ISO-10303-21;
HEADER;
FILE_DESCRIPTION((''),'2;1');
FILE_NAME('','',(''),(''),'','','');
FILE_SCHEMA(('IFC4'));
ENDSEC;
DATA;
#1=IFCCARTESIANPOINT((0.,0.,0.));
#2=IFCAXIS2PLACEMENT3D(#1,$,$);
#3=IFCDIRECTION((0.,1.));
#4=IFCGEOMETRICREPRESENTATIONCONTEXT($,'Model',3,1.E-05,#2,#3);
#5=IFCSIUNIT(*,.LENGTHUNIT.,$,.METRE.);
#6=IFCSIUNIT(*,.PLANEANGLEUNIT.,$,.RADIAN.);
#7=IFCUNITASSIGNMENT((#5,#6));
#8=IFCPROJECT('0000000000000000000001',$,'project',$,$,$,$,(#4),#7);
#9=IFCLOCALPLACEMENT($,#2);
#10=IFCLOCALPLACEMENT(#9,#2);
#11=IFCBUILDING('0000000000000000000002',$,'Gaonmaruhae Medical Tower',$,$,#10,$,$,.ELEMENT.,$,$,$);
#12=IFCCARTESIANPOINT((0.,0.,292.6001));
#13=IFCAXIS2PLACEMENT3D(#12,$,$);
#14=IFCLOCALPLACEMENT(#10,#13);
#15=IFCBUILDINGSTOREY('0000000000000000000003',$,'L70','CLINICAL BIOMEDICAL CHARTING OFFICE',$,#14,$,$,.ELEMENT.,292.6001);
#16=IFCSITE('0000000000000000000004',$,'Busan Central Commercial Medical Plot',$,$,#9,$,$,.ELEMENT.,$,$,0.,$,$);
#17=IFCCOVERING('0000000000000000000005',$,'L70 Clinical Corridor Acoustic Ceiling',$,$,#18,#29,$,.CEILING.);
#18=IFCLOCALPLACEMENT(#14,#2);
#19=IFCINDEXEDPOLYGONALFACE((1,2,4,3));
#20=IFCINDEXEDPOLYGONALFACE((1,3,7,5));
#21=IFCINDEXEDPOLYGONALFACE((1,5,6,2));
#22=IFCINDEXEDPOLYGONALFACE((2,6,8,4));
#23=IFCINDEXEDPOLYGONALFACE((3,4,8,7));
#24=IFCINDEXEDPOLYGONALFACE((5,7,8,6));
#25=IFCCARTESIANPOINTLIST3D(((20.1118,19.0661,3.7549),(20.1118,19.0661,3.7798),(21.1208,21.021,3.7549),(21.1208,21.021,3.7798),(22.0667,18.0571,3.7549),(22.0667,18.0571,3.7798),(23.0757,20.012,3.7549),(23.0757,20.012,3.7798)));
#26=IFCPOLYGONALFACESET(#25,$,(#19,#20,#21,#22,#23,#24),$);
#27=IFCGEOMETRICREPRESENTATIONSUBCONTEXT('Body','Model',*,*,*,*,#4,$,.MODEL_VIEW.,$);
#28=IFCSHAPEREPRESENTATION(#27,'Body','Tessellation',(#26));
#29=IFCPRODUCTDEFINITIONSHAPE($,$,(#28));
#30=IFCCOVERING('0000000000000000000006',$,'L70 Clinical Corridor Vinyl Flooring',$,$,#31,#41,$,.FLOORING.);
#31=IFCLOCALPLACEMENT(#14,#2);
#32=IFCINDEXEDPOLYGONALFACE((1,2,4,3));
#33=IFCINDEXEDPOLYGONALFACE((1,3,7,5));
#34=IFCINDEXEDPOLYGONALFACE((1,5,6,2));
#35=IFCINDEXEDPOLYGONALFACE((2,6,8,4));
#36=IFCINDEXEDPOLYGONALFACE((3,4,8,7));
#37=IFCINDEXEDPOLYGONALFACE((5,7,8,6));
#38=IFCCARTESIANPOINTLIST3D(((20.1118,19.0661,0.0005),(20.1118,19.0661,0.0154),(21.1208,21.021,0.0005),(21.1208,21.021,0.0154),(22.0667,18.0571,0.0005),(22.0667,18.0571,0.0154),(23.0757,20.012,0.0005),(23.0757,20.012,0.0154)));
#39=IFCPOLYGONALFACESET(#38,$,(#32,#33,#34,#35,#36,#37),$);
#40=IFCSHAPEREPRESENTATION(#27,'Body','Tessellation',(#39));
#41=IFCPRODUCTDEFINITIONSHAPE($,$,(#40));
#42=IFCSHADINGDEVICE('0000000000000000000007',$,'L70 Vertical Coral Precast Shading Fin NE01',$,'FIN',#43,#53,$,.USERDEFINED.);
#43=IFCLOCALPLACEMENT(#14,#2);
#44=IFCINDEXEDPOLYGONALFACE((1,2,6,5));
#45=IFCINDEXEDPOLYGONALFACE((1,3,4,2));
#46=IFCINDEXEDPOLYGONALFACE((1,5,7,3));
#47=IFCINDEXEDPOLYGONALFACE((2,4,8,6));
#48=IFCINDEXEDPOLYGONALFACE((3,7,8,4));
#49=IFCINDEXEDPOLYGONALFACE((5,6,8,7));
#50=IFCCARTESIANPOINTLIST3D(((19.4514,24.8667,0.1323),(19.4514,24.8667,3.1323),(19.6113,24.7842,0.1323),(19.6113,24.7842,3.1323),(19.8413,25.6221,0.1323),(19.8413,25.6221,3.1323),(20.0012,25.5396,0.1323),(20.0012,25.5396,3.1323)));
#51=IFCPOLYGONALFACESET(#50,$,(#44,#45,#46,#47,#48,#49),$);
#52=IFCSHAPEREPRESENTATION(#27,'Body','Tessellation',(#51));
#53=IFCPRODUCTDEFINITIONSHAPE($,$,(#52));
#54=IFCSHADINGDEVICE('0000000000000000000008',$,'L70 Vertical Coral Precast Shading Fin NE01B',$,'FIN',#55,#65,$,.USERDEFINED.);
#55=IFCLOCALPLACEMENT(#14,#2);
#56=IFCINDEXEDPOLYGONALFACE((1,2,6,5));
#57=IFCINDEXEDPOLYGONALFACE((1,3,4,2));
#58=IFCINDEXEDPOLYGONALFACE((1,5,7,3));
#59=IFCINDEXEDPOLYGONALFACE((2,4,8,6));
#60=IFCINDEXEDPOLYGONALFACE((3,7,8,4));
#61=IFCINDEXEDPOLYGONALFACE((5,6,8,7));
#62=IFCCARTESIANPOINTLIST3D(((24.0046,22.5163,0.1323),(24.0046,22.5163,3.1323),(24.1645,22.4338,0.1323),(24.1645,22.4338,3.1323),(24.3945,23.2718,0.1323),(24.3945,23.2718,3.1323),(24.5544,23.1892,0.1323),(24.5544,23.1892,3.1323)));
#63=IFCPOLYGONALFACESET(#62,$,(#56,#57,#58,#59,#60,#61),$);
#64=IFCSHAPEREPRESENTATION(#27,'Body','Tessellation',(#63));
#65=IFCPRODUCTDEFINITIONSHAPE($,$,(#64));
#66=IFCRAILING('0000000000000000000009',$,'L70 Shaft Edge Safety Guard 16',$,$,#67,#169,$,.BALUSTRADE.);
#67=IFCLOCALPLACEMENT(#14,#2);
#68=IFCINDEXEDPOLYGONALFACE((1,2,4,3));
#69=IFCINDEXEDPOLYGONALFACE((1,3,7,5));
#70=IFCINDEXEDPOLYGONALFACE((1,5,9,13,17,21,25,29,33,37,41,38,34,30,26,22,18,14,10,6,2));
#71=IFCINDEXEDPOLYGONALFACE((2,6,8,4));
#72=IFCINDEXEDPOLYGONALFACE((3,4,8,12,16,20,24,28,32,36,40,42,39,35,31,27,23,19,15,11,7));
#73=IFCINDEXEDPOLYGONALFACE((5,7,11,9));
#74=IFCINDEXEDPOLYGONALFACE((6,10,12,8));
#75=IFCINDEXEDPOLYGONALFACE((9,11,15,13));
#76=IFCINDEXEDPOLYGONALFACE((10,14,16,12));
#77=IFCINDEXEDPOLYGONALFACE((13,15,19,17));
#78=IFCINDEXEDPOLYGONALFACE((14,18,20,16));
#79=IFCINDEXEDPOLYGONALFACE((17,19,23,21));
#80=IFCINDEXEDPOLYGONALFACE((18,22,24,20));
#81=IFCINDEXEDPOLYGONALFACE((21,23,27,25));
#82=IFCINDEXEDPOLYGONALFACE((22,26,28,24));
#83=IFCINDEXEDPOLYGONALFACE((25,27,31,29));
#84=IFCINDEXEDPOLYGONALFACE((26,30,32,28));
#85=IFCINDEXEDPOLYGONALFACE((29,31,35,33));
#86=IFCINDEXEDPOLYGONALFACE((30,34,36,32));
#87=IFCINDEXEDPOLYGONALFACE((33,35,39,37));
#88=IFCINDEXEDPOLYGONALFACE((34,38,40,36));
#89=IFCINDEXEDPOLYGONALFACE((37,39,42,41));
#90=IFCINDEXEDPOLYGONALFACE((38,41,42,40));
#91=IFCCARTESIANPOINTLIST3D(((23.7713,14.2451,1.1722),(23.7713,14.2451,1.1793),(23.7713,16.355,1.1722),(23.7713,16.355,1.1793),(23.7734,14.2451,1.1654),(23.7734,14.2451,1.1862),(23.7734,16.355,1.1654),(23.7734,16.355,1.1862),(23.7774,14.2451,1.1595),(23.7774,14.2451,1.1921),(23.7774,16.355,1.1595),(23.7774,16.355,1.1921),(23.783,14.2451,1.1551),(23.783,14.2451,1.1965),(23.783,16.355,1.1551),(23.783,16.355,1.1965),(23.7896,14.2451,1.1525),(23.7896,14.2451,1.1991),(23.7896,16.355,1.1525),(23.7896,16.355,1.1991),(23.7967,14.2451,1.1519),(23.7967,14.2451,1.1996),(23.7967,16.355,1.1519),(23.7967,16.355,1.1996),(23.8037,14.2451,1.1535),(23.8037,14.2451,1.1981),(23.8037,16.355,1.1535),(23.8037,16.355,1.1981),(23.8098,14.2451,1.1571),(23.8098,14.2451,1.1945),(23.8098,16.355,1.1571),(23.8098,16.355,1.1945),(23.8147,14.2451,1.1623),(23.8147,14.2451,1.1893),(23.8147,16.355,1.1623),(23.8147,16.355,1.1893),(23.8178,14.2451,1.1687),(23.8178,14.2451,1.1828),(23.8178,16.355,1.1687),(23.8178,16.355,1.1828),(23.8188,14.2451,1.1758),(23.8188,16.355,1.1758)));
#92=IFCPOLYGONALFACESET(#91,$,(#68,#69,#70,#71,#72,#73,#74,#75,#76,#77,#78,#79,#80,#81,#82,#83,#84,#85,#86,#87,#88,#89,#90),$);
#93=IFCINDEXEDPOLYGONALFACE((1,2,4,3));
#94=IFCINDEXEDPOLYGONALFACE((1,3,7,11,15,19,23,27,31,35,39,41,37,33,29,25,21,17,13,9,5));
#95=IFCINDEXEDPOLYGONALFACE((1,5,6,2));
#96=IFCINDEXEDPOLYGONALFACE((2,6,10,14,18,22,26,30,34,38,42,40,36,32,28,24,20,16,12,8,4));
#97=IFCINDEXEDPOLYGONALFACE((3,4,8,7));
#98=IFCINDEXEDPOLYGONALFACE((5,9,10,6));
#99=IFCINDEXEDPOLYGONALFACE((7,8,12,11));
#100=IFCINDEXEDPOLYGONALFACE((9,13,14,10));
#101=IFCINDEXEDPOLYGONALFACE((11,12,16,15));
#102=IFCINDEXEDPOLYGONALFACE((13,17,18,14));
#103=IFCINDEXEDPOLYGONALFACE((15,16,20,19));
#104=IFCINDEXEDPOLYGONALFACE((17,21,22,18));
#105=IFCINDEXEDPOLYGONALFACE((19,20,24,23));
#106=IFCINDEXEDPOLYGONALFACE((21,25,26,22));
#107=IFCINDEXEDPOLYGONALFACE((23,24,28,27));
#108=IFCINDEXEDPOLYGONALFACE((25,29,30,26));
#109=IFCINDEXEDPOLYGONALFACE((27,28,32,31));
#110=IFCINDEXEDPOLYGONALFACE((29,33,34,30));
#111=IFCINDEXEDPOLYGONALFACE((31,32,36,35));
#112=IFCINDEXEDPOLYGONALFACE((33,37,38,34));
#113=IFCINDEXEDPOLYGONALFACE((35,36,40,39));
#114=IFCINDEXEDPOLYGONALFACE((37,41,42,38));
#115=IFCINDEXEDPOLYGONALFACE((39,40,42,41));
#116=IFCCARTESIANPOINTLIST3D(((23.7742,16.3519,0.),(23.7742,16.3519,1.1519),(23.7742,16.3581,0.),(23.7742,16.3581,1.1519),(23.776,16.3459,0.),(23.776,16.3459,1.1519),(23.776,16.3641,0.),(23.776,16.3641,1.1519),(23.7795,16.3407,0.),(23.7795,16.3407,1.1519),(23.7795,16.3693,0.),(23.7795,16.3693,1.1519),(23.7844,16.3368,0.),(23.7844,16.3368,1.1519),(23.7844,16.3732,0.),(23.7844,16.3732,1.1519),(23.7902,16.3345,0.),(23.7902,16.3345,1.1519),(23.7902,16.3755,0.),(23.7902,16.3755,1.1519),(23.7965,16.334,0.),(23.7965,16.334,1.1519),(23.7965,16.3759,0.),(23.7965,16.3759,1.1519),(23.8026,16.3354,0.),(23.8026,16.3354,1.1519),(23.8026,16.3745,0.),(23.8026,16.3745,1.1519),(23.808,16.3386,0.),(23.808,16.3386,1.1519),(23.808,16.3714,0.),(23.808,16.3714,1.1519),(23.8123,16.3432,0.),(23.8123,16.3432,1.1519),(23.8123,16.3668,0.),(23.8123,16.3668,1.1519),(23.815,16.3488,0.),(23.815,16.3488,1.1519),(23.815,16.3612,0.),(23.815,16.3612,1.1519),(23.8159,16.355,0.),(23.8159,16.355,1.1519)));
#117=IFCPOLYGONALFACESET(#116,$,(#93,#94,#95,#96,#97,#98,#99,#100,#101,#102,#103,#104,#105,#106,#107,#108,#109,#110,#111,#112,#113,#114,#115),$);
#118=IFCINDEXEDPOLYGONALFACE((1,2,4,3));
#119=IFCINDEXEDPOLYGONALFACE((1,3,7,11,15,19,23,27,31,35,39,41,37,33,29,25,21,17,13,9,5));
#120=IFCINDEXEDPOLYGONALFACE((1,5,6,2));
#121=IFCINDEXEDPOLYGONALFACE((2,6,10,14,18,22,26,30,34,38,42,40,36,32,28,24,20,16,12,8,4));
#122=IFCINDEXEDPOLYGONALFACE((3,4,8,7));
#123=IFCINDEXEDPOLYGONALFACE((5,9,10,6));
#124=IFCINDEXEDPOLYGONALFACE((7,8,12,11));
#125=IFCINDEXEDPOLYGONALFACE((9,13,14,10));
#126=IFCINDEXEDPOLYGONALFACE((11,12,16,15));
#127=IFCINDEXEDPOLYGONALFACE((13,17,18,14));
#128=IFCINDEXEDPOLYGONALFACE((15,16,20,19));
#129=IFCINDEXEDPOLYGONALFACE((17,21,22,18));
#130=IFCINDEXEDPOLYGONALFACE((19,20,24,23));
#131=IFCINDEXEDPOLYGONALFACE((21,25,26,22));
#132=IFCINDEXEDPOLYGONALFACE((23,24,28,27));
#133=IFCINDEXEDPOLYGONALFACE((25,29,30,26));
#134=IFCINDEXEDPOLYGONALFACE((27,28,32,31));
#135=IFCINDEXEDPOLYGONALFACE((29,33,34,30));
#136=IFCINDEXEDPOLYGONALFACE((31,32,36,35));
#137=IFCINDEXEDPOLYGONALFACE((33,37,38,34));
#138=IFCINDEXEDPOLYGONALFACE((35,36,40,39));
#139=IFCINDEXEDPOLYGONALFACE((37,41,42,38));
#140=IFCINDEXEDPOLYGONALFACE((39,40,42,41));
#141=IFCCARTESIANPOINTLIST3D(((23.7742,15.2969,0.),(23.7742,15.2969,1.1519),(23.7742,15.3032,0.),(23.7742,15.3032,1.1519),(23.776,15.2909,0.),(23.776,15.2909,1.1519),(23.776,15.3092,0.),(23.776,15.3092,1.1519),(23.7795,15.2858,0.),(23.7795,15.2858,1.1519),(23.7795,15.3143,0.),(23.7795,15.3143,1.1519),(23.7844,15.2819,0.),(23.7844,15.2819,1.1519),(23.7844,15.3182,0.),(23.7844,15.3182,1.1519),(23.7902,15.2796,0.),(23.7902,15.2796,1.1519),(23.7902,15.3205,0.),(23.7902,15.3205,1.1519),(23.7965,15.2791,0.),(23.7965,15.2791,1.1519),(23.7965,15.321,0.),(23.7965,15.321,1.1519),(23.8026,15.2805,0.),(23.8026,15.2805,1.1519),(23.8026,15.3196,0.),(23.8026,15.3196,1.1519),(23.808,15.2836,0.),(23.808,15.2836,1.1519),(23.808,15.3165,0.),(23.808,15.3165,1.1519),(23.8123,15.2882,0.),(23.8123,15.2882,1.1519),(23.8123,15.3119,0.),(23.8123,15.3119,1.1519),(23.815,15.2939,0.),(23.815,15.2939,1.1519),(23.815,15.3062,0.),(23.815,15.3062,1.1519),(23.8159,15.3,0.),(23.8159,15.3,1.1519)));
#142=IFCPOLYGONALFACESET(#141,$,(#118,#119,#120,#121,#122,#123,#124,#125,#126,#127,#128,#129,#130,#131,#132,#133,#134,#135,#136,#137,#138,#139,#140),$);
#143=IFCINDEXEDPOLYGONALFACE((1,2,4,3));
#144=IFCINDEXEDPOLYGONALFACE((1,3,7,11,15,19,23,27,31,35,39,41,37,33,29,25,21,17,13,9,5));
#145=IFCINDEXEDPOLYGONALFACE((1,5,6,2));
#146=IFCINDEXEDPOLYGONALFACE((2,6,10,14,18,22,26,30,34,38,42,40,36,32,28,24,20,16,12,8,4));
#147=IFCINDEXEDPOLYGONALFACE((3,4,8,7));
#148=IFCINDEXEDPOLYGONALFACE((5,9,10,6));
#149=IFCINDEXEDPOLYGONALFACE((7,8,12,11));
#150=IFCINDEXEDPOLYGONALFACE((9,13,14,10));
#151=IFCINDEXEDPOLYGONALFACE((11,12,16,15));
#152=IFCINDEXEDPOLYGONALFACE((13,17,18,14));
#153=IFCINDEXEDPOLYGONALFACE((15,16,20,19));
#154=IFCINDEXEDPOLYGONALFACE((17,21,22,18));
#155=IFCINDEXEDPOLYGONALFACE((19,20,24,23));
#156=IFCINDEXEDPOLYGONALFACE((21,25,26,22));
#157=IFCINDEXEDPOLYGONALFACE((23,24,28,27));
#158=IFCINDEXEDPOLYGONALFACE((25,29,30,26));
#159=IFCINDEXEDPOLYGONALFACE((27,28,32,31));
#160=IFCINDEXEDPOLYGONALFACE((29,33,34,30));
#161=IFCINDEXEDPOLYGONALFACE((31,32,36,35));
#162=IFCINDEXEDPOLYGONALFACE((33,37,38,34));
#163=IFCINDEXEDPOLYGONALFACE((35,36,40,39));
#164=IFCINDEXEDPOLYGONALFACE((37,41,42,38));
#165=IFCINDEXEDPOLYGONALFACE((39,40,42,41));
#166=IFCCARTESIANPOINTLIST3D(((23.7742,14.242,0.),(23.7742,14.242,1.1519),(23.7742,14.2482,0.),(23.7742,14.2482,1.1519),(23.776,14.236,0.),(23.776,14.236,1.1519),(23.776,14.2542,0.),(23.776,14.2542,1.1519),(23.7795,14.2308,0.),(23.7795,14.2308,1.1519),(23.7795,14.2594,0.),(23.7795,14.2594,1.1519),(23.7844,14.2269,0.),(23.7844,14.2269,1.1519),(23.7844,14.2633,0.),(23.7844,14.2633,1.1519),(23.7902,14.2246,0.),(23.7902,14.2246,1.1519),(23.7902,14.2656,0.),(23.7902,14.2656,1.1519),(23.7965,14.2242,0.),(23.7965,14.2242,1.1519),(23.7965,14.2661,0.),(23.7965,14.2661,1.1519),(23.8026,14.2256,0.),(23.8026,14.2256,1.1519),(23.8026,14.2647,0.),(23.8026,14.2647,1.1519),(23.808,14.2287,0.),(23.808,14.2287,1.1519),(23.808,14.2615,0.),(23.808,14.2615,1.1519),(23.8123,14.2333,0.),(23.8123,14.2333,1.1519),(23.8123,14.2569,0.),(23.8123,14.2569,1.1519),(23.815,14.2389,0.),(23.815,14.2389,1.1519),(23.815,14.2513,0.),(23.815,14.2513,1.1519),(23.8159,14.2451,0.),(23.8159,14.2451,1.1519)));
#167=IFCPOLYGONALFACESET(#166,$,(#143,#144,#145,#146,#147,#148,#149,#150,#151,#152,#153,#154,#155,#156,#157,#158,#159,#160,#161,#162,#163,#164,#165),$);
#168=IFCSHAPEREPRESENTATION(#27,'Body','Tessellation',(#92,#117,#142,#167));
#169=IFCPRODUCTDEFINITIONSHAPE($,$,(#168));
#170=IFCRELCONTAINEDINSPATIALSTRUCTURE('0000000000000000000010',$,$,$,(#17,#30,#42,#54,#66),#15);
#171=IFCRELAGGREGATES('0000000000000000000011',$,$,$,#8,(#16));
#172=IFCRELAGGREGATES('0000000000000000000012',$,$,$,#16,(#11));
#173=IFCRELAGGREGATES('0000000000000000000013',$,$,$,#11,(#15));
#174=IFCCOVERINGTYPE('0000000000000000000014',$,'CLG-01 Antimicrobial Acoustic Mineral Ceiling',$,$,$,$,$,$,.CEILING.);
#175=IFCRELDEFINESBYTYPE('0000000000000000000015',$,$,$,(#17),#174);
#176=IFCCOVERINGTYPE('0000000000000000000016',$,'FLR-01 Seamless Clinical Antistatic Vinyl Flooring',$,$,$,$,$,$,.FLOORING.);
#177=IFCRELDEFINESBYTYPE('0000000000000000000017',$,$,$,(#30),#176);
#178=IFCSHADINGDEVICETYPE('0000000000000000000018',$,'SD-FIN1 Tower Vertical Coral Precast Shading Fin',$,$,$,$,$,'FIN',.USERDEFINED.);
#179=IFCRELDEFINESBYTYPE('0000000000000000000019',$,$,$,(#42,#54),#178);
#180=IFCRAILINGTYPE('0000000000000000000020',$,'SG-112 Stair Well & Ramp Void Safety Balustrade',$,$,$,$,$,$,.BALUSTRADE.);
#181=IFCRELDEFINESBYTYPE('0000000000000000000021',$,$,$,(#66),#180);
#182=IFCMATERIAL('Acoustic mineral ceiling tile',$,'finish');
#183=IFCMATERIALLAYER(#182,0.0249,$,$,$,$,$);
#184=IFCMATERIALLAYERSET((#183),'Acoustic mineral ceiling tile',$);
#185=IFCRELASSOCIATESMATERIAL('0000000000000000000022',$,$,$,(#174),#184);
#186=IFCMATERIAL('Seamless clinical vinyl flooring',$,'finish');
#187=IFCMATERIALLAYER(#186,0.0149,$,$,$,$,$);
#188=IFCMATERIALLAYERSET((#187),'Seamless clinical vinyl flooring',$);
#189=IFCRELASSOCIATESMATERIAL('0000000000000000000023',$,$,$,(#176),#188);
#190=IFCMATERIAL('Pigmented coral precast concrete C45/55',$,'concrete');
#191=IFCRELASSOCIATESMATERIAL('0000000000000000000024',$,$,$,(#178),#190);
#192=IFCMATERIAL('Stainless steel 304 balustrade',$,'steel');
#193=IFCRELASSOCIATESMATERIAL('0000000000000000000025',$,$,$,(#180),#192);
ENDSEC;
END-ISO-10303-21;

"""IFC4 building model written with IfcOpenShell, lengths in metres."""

from ifc_helpers import new_model, si_unit, direction, frame, origin, origin_2d, place, context, subcontext, project, spatial, rectangle, circle, extrude, material, layer, layer_set, type_object, element, save


model = new_model("IFC4")

# Units and contexts
model_context = context("Model", 3, precision=1e-05, world=origin(), true_north=direction((0.0, 1.0)))
body_context = subcontext(model_context, "Body", "Model", "MODEL_VIEW")
ifc_project = project(units=[si_unit("LENGTHUNIT", "METRE"), si_unit("PLANEANGLEUNIT", "RADIAN")], contexts=[model_context])

# Site, building, storey
site_placement = place(None, origin())
site = spatial("IfcSite", under=ifc_project, at=site_placement, Name="Busan Central Commercial Medical Plot", CompositionType="ELEMENT", RefElevation=0.0)
building_placement = place(site_placement, origin())
building = spatial("IfcBuilding", under=site, at=building_placement, Name="Gaonmaruhae Medical Tower", CompositionType="ELEMENT")
storey_placement = place(building_placement, frame((0.0, 0.0, 292.6001)))
storey = spatial("IfcBuildingStorey", under=building, at=storey_placement, Name="L70", Description="CLINICAL BIOMEDICAL CHARTING OFFICE", CompositionType="ELEMENT", Elevation=292.6001)

# Coverings
ifc_material_1 = material(Name="Acoustic mineral ceiling tile", Category="finish")
ifc_layer_1 = layer(ifc_material_1, 0.0249)
ifc_layer_set_1 = layer_set([ifc_layer_1], Name="Acoustic mineral ceiling tile")
covering_type_1 = type_object("IfcCoveringType", Name="CLG-01 Antimicrobial Acoustic Mineral Ceiling", PredefinedType="CEILING", material=ifc_layer_set_1)
covering_1_placement = place(storey_placement, frame((21.5938, 19.5391, 3.7549), z_axis=(0.0, 0.0, 1.0), x_axis=(0.45865, 0.888617, 0.0)))
element("IfcCovering", 1, at=covering_1_placement, inside=storey, type_object=covering_type_1, Name="L70 Clinical Corridor Acoustic Ceiling", PredefinedType="CEILING", context=body_context, shape_type="SweptSolid", body=[
    extrude(rectangle(XDim=2.2, YDim=2.2, at=origin_2d()), origin(), (0.0, 0.0, 1.0), 0.0249),
])
ifc_material_2 = material(Name="Seamless clinical vinyl flooring", Category="finish")
ifc_layer_2 = layer(ifc_material_2, 0.0149)
ifc_layer_set_2 = layer_set([ifc_layer_2], Name="Seamless clinical vinyl flooring")
covering_type_2 = type_object("IfcCoveringType", Name="FLR-01 Seamless Clinical Antistatic Vinyl Flooring", PredefinedType="FLOORING", material=ifc_layer_set_2)
covering_2_placement = place(storey_placement, frame((21.5938, 19.5391, 0.0005), z_axis=(0.0, 0.0, 1.0), x_axis=(0.45865, 0.888617, 0.0)))
element("IfcCovering", 2, at=covering_2_placement, inside=storey, type_object=covering_type_2, Name="L70 Clinical Corridor Vinyl Flooring", PredefinedType="FLOORING", context=body_context, shape_type="SweptSolid", body=[
    extrude(rectangle(XDim=2.2, YDim=2.2, at=origin_2d()), origin(), (0.0, 0.0, 1.0), 0.0149),
])

# Shading devices
ifc_material_3 = material(Name="Pigmented coral precast concrete C45/55", Category="concrete")
shading_device_type = type_object("IfcShadingDeviceType", Name="SD-FIN1 Tower Vertical Coral Precast Shading Fin", ElementType="FIN", PredefinedType="USERDEFINED", material=ifc_material_3)
for number, where, z_axis, x_axis, name in (
    (3, (19.7263, 25.2031, 0.1323), (0.0, 0.0, 1.0), (0.888617, -0.45865, 0.0), "L70 Vertical Coral Precast Shading Fin NE01"),
    (4, (24.2795, 22.8528, 0.1323), (0.0, 0.0, 1.0), (0.888617, -0.45865, 0.0), "L70 Vertical Coral Precast Shading Fin NE01B"),
):
    element("IfcShadingDevice", number, at=place(storey_placement, frame(where, z_axis=z_axis, x_axis=x_axis)), inside=storey, type_object=shading_device_type, Name=name, ObjectType="FIN", PredefinedType="USERDEFINED", context=body_context, shape_type="SweptSolid", body=[
        extrude(rectangle(XDim=0.1799, YDim=0.8501, at=origin_2d()), origin(), (0.0, 0.0, 1.0), 3.0),
    ])

# Railing
ifc_material_4 = material(Name="Stainless steel 304 balustrade", Category="steel")
railing_type = type_object("IfcRailingType", Name="SG-112 Stair Well & Ramp Void Safety Balustrade", PredefinedType="BALUSTRADE", material=ifc_material_4)
railing_placement = place(storey_placement, frame((23.7949, 16.355, 0.0)))
element("IfcRailing", 5, at=railing_placement, inside=storey, type_object=railing_type, Name="L70 Shaft Edge Safety Guard 16", PredefinedType="BALUSTRADE", context=body_context, shape_type="SweptSolid", body=[
    extrude(circle(Radius=0.0239, at=origin_2d()), frame((0.0, 0.0, 1.1758), z_axis=(0.0, -1.0, 0.0), x_axis=(1.0, 0.0, 0.0)), (0.0, 0.0, 1.0), 2.1099),
    extrude(circle(Radius=0.021, at=origin_2d()), origin(), (0.0, 0.0, 1.0), 1.1519),
    extrude(circle(Radius=0.021, at=origin_2d()), frame((0.0, -1.0549, 0.0)), (0.0, 0.0, 1.0), 1.1519),
    extrude(circle(Radius=0.021, at=origin_2d()), frame((0.0, -2.1099, 0.0)), (0.0, 0.0, 1.0), 1.1519),
])

save(model, "model.ifc")
